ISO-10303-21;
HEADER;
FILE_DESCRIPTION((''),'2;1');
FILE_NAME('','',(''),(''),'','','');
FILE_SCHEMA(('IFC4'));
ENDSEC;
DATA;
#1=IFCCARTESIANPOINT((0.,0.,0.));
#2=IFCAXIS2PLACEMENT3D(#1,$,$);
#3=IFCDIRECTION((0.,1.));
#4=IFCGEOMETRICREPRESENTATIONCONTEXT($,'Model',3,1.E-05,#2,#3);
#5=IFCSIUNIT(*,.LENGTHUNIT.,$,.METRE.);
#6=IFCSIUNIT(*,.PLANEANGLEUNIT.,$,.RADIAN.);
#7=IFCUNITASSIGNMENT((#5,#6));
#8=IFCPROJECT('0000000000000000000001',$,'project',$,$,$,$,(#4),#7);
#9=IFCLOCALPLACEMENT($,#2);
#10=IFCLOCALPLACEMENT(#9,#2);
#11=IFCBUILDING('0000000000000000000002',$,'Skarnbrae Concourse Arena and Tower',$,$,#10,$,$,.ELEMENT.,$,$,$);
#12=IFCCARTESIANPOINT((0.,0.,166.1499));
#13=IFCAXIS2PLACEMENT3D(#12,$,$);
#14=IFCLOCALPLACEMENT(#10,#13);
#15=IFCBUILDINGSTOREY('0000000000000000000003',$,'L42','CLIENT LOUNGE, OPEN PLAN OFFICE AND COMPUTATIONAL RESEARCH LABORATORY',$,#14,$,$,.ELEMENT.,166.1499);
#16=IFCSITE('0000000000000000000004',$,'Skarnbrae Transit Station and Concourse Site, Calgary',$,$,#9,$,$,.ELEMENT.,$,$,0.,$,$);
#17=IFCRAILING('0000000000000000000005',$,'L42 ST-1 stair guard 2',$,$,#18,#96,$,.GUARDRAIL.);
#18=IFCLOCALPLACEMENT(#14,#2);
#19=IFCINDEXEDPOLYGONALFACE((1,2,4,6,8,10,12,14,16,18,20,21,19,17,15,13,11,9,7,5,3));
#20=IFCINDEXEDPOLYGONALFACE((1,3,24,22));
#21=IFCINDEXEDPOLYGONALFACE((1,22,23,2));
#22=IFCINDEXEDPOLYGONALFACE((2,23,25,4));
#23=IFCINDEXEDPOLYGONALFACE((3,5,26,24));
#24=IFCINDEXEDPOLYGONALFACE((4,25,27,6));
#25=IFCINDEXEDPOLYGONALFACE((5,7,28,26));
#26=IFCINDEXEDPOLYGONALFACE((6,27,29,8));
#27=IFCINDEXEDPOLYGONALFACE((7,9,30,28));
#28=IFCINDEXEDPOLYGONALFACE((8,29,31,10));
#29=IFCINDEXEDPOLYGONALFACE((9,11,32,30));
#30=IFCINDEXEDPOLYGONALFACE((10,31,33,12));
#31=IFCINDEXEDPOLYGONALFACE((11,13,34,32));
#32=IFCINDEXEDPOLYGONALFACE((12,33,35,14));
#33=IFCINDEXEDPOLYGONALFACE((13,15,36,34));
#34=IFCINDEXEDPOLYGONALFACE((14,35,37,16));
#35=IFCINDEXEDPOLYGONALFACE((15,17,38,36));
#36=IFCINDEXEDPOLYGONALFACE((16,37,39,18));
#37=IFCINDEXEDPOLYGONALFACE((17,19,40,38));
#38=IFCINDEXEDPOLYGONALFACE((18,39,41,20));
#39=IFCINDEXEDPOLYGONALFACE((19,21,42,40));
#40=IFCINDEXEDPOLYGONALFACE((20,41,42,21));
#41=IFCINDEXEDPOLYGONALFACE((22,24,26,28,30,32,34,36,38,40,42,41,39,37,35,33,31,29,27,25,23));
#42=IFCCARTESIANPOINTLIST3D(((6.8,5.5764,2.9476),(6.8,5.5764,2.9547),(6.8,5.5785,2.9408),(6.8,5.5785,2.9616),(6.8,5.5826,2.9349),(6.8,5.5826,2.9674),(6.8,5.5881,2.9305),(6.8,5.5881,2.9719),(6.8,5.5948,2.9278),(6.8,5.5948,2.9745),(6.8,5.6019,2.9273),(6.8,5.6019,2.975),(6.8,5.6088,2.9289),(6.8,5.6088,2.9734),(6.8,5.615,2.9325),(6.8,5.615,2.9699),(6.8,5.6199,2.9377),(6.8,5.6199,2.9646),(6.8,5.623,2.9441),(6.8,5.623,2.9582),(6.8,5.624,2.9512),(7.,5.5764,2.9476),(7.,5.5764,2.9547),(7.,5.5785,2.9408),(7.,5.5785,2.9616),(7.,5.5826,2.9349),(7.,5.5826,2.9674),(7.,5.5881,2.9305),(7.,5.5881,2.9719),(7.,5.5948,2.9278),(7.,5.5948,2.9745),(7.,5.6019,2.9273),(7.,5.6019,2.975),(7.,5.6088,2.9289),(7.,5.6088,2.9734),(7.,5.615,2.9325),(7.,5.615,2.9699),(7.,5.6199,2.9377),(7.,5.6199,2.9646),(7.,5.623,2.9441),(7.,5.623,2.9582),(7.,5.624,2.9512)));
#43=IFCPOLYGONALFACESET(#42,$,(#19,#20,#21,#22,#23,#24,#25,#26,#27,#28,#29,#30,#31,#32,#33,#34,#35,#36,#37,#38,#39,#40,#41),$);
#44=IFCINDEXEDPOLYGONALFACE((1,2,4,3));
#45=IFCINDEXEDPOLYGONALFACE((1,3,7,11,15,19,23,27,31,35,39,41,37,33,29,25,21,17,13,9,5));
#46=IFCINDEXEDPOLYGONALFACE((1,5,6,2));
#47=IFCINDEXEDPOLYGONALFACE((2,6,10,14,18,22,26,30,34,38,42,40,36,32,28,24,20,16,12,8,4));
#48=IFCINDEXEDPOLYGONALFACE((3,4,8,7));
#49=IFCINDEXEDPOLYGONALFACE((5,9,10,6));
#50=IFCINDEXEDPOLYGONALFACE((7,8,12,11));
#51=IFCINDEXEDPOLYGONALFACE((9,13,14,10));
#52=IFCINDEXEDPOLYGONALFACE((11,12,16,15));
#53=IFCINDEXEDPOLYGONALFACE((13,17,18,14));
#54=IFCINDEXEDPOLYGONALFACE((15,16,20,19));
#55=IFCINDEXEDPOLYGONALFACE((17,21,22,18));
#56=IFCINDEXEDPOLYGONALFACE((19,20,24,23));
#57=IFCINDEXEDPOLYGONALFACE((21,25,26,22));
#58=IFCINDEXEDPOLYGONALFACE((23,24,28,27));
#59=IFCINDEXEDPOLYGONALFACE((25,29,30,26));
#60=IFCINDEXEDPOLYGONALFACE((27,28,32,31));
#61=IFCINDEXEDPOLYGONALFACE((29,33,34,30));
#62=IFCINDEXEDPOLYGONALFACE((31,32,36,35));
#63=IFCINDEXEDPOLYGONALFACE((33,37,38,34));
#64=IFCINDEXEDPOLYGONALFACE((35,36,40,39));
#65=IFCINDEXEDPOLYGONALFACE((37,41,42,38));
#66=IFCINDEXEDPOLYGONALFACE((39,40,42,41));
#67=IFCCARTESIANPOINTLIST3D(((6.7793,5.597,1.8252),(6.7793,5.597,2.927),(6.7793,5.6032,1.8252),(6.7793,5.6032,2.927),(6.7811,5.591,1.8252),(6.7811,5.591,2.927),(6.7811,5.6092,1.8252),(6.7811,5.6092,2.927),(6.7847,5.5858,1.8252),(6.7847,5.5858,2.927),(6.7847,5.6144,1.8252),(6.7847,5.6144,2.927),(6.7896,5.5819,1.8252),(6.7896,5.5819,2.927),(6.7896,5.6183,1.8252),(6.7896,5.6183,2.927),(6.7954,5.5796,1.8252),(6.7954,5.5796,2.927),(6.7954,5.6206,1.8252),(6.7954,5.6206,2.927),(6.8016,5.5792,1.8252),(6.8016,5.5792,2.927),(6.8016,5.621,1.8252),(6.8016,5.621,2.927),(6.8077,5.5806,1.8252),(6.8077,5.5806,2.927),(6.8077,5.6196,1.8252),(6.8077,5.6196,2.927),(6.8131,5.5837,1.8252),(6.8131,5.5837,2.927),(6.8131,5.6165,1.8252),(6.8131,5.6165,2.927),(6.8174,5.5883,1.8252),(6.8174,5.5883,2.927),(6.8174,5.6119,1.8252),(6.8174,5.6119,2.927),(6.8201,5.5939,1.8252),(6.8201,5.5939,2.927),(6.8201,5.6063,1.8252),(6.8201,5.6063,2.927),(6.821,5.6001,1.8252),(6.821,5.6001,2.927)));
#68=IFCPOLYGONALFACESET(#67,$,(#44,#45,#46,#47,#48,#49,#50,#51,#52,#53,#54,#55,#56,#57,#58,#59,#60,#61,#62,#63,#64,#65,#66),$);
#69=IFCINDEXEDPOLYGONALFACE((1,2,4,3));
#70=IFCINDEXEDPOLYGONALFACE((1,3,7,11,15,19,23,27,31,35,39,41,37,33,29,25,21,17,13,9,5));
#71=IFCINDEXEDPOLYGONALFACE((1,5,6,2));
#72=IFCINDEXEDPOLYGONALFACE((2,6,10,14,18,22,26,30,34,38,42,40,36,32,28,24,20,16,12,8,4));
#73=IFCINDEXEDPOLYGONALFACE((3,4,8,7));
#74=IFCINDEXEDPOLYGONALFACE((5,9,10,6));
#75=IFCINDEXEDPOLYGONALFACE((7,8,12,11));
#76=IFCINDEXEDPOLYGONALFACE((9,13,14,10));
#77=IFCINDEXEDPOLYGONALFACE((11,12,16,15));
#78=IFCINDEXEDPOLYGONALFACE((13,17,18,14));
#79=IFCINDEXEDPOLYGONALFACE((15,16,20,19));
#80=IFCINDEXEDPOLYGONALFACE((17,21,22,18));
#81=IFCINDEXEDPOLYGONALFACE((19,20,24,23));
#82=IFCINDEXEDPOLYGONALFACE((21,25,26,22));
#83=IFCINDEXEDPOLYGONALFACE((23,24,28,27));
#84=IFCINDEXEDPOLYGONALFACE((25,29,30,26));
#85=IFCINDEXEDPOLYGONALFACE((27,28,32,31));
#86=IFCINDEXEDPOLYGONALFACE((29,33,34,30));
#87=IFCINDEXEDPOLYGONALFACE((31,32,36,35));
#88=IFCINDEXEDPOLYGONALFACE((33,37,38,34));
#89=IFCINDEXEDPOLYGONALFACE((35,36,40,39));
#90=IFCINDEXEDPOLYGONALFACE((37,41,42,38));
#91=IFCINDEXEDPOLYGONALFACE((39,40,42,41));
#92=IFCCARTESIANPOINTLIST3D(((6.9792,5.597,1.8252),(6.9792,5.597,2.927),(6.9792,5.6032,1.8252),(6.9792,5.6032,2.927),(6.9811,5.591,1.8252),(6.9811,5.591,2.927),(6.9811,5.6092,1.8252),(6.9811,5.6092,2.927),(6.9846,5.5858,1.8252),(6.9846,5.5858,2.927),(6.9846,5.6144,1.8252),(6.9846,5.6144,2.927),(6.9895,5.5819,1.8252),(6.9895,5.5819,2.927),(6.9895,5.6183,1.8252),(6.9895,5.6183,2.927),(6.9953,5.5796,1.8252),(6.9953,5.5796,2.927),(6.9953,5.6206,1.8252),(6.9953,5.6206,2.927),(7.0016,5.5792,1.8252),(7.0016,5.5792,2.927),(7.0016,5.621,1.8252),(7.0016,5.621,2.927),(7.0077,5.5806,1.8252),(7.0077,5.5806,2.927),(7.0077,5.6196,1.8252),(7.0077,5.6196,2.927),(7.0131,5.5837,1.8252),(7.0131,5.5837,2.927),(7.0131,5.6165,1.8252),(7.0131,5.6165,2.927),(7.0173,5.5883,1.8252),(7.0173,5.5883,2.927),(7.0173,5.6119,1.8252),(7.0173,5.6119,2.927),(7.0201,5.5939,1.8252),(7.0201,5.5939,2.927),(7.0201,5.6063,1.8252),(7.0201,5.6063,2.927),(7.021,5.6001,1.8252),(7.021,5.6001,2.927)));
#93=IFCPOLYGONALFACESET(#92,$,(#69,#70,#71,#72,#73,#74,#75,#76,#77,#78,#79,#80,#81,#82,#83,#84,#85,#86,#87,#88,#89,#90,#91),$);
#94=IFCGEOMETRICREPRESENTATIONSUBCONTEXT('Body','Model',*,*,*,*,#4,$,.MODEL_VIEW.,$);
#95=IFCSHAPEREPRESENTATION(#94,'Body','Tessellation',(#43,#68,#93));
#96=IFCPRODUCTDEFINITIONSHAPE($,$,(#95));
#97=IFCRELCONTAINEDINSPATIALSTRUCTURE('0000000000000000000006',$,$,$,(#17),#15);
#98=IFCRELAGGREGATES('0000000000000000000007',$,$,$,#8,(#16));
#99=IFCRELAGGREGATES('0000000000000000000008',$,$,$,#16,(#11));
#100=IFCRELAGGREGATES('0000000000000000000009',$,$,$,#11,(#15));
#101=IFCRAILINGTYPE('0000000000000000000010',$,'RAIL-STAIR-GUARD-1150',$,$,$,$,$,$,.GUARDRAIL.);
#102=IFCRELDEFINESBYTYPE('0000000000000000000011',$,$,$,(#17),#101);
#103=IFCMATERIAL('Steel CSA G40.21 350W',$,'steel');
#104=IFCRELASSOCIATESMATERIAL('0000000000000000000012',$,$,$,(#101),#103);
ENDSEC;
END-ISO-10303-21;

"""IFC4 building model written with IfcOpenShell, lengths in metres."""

from ifc_helpers import new_model, si_unit, direction, frame, origin, origin_2d, place, context, subcontext, project, spatial, circle, extrude, material, type_object, element, save


model = new_model("IFC4")

# Units and contexts
model_context = context("Model", 3, precision=1e-05, world=origin(), true_north=direction((0.0, 1.0)))
body_context = subcontext(model_context, "Body", "Model", "MODEL_VIEW")
ifc_project = project(units=[si_unit("LENGTHUNIT", "METRE"), si_unit("PLANEANGLEUNIT", "RADIAN")], contexts=[model_context])

# Site, building, storey
site_placement = place(None, origin())
site = spatial("IfcSite", under=ifc_project, at=site_placement, Name="Skarnbrae Transit Station and Concourse Site, Calgary", CompositionType="ELEMENT", RefElevation=0.0)
building_placement = place(site_placement, origin())
building = spatial("IfcBuilding", under=site, at=building_placement, Name="Skarnbrae Concourse Arena and Tower", CompositionType="ELEMENT")
storey_placement = place(building_placement, frame((0.0, 0.0, 166.1499)))
storey = spatial("IfcBuildingStorey", under=building, at=storey_placement, Name="L42", Description="CLIENT LOUNGE, OPEN PLAN OFFICE AND COMPUTATIONAL RESEARCH LABORATORY", CompositionType="ELEMENT", Elevation=166.1499)

# Railing
ifc_material_1 = material(Name="Steel CSA G40.21 350W", Category="steel")
railing_type_1 = type_object("IfcRailingType", Name="RAIL-STAIR-GUARD-1150", PredefinedType="GUARDRAIL", material=ifc_material_1)
railing_1_placement = place(storey_placement, frame((6.8, 5.6001, 1.8252)))
element("IfcRailing", 1, at=railing_1_placement, inside=storey, type_object=railing_type_1, Name="L42 ST-1 stair guard 2", PredefinedType="GUARDRAIL", context=body_context, shape_type="SweptSolid", body=[
    extrude(circle(Radius=0.0239, at=origin_2d()), frame((0.0, 0.0, 1.126), z_axis=(1.0, 0.0, 0.0), x_axis=(0.0, 1.0, 0.0)), (0.0, 0.0, 1.0), 0.2),
    extrude(circle(Radius=0.021, at=origin_2d()), origin(), (0.0, 0.0, 1.0), 1.1018),
    extrude(circle(Radius=0.021, at=origin_2d()), frame((0.2, 0.0, 0.0)), (0.0, 0.0, 1.0), 1.1018),
])

save(model, "model.ifc")
